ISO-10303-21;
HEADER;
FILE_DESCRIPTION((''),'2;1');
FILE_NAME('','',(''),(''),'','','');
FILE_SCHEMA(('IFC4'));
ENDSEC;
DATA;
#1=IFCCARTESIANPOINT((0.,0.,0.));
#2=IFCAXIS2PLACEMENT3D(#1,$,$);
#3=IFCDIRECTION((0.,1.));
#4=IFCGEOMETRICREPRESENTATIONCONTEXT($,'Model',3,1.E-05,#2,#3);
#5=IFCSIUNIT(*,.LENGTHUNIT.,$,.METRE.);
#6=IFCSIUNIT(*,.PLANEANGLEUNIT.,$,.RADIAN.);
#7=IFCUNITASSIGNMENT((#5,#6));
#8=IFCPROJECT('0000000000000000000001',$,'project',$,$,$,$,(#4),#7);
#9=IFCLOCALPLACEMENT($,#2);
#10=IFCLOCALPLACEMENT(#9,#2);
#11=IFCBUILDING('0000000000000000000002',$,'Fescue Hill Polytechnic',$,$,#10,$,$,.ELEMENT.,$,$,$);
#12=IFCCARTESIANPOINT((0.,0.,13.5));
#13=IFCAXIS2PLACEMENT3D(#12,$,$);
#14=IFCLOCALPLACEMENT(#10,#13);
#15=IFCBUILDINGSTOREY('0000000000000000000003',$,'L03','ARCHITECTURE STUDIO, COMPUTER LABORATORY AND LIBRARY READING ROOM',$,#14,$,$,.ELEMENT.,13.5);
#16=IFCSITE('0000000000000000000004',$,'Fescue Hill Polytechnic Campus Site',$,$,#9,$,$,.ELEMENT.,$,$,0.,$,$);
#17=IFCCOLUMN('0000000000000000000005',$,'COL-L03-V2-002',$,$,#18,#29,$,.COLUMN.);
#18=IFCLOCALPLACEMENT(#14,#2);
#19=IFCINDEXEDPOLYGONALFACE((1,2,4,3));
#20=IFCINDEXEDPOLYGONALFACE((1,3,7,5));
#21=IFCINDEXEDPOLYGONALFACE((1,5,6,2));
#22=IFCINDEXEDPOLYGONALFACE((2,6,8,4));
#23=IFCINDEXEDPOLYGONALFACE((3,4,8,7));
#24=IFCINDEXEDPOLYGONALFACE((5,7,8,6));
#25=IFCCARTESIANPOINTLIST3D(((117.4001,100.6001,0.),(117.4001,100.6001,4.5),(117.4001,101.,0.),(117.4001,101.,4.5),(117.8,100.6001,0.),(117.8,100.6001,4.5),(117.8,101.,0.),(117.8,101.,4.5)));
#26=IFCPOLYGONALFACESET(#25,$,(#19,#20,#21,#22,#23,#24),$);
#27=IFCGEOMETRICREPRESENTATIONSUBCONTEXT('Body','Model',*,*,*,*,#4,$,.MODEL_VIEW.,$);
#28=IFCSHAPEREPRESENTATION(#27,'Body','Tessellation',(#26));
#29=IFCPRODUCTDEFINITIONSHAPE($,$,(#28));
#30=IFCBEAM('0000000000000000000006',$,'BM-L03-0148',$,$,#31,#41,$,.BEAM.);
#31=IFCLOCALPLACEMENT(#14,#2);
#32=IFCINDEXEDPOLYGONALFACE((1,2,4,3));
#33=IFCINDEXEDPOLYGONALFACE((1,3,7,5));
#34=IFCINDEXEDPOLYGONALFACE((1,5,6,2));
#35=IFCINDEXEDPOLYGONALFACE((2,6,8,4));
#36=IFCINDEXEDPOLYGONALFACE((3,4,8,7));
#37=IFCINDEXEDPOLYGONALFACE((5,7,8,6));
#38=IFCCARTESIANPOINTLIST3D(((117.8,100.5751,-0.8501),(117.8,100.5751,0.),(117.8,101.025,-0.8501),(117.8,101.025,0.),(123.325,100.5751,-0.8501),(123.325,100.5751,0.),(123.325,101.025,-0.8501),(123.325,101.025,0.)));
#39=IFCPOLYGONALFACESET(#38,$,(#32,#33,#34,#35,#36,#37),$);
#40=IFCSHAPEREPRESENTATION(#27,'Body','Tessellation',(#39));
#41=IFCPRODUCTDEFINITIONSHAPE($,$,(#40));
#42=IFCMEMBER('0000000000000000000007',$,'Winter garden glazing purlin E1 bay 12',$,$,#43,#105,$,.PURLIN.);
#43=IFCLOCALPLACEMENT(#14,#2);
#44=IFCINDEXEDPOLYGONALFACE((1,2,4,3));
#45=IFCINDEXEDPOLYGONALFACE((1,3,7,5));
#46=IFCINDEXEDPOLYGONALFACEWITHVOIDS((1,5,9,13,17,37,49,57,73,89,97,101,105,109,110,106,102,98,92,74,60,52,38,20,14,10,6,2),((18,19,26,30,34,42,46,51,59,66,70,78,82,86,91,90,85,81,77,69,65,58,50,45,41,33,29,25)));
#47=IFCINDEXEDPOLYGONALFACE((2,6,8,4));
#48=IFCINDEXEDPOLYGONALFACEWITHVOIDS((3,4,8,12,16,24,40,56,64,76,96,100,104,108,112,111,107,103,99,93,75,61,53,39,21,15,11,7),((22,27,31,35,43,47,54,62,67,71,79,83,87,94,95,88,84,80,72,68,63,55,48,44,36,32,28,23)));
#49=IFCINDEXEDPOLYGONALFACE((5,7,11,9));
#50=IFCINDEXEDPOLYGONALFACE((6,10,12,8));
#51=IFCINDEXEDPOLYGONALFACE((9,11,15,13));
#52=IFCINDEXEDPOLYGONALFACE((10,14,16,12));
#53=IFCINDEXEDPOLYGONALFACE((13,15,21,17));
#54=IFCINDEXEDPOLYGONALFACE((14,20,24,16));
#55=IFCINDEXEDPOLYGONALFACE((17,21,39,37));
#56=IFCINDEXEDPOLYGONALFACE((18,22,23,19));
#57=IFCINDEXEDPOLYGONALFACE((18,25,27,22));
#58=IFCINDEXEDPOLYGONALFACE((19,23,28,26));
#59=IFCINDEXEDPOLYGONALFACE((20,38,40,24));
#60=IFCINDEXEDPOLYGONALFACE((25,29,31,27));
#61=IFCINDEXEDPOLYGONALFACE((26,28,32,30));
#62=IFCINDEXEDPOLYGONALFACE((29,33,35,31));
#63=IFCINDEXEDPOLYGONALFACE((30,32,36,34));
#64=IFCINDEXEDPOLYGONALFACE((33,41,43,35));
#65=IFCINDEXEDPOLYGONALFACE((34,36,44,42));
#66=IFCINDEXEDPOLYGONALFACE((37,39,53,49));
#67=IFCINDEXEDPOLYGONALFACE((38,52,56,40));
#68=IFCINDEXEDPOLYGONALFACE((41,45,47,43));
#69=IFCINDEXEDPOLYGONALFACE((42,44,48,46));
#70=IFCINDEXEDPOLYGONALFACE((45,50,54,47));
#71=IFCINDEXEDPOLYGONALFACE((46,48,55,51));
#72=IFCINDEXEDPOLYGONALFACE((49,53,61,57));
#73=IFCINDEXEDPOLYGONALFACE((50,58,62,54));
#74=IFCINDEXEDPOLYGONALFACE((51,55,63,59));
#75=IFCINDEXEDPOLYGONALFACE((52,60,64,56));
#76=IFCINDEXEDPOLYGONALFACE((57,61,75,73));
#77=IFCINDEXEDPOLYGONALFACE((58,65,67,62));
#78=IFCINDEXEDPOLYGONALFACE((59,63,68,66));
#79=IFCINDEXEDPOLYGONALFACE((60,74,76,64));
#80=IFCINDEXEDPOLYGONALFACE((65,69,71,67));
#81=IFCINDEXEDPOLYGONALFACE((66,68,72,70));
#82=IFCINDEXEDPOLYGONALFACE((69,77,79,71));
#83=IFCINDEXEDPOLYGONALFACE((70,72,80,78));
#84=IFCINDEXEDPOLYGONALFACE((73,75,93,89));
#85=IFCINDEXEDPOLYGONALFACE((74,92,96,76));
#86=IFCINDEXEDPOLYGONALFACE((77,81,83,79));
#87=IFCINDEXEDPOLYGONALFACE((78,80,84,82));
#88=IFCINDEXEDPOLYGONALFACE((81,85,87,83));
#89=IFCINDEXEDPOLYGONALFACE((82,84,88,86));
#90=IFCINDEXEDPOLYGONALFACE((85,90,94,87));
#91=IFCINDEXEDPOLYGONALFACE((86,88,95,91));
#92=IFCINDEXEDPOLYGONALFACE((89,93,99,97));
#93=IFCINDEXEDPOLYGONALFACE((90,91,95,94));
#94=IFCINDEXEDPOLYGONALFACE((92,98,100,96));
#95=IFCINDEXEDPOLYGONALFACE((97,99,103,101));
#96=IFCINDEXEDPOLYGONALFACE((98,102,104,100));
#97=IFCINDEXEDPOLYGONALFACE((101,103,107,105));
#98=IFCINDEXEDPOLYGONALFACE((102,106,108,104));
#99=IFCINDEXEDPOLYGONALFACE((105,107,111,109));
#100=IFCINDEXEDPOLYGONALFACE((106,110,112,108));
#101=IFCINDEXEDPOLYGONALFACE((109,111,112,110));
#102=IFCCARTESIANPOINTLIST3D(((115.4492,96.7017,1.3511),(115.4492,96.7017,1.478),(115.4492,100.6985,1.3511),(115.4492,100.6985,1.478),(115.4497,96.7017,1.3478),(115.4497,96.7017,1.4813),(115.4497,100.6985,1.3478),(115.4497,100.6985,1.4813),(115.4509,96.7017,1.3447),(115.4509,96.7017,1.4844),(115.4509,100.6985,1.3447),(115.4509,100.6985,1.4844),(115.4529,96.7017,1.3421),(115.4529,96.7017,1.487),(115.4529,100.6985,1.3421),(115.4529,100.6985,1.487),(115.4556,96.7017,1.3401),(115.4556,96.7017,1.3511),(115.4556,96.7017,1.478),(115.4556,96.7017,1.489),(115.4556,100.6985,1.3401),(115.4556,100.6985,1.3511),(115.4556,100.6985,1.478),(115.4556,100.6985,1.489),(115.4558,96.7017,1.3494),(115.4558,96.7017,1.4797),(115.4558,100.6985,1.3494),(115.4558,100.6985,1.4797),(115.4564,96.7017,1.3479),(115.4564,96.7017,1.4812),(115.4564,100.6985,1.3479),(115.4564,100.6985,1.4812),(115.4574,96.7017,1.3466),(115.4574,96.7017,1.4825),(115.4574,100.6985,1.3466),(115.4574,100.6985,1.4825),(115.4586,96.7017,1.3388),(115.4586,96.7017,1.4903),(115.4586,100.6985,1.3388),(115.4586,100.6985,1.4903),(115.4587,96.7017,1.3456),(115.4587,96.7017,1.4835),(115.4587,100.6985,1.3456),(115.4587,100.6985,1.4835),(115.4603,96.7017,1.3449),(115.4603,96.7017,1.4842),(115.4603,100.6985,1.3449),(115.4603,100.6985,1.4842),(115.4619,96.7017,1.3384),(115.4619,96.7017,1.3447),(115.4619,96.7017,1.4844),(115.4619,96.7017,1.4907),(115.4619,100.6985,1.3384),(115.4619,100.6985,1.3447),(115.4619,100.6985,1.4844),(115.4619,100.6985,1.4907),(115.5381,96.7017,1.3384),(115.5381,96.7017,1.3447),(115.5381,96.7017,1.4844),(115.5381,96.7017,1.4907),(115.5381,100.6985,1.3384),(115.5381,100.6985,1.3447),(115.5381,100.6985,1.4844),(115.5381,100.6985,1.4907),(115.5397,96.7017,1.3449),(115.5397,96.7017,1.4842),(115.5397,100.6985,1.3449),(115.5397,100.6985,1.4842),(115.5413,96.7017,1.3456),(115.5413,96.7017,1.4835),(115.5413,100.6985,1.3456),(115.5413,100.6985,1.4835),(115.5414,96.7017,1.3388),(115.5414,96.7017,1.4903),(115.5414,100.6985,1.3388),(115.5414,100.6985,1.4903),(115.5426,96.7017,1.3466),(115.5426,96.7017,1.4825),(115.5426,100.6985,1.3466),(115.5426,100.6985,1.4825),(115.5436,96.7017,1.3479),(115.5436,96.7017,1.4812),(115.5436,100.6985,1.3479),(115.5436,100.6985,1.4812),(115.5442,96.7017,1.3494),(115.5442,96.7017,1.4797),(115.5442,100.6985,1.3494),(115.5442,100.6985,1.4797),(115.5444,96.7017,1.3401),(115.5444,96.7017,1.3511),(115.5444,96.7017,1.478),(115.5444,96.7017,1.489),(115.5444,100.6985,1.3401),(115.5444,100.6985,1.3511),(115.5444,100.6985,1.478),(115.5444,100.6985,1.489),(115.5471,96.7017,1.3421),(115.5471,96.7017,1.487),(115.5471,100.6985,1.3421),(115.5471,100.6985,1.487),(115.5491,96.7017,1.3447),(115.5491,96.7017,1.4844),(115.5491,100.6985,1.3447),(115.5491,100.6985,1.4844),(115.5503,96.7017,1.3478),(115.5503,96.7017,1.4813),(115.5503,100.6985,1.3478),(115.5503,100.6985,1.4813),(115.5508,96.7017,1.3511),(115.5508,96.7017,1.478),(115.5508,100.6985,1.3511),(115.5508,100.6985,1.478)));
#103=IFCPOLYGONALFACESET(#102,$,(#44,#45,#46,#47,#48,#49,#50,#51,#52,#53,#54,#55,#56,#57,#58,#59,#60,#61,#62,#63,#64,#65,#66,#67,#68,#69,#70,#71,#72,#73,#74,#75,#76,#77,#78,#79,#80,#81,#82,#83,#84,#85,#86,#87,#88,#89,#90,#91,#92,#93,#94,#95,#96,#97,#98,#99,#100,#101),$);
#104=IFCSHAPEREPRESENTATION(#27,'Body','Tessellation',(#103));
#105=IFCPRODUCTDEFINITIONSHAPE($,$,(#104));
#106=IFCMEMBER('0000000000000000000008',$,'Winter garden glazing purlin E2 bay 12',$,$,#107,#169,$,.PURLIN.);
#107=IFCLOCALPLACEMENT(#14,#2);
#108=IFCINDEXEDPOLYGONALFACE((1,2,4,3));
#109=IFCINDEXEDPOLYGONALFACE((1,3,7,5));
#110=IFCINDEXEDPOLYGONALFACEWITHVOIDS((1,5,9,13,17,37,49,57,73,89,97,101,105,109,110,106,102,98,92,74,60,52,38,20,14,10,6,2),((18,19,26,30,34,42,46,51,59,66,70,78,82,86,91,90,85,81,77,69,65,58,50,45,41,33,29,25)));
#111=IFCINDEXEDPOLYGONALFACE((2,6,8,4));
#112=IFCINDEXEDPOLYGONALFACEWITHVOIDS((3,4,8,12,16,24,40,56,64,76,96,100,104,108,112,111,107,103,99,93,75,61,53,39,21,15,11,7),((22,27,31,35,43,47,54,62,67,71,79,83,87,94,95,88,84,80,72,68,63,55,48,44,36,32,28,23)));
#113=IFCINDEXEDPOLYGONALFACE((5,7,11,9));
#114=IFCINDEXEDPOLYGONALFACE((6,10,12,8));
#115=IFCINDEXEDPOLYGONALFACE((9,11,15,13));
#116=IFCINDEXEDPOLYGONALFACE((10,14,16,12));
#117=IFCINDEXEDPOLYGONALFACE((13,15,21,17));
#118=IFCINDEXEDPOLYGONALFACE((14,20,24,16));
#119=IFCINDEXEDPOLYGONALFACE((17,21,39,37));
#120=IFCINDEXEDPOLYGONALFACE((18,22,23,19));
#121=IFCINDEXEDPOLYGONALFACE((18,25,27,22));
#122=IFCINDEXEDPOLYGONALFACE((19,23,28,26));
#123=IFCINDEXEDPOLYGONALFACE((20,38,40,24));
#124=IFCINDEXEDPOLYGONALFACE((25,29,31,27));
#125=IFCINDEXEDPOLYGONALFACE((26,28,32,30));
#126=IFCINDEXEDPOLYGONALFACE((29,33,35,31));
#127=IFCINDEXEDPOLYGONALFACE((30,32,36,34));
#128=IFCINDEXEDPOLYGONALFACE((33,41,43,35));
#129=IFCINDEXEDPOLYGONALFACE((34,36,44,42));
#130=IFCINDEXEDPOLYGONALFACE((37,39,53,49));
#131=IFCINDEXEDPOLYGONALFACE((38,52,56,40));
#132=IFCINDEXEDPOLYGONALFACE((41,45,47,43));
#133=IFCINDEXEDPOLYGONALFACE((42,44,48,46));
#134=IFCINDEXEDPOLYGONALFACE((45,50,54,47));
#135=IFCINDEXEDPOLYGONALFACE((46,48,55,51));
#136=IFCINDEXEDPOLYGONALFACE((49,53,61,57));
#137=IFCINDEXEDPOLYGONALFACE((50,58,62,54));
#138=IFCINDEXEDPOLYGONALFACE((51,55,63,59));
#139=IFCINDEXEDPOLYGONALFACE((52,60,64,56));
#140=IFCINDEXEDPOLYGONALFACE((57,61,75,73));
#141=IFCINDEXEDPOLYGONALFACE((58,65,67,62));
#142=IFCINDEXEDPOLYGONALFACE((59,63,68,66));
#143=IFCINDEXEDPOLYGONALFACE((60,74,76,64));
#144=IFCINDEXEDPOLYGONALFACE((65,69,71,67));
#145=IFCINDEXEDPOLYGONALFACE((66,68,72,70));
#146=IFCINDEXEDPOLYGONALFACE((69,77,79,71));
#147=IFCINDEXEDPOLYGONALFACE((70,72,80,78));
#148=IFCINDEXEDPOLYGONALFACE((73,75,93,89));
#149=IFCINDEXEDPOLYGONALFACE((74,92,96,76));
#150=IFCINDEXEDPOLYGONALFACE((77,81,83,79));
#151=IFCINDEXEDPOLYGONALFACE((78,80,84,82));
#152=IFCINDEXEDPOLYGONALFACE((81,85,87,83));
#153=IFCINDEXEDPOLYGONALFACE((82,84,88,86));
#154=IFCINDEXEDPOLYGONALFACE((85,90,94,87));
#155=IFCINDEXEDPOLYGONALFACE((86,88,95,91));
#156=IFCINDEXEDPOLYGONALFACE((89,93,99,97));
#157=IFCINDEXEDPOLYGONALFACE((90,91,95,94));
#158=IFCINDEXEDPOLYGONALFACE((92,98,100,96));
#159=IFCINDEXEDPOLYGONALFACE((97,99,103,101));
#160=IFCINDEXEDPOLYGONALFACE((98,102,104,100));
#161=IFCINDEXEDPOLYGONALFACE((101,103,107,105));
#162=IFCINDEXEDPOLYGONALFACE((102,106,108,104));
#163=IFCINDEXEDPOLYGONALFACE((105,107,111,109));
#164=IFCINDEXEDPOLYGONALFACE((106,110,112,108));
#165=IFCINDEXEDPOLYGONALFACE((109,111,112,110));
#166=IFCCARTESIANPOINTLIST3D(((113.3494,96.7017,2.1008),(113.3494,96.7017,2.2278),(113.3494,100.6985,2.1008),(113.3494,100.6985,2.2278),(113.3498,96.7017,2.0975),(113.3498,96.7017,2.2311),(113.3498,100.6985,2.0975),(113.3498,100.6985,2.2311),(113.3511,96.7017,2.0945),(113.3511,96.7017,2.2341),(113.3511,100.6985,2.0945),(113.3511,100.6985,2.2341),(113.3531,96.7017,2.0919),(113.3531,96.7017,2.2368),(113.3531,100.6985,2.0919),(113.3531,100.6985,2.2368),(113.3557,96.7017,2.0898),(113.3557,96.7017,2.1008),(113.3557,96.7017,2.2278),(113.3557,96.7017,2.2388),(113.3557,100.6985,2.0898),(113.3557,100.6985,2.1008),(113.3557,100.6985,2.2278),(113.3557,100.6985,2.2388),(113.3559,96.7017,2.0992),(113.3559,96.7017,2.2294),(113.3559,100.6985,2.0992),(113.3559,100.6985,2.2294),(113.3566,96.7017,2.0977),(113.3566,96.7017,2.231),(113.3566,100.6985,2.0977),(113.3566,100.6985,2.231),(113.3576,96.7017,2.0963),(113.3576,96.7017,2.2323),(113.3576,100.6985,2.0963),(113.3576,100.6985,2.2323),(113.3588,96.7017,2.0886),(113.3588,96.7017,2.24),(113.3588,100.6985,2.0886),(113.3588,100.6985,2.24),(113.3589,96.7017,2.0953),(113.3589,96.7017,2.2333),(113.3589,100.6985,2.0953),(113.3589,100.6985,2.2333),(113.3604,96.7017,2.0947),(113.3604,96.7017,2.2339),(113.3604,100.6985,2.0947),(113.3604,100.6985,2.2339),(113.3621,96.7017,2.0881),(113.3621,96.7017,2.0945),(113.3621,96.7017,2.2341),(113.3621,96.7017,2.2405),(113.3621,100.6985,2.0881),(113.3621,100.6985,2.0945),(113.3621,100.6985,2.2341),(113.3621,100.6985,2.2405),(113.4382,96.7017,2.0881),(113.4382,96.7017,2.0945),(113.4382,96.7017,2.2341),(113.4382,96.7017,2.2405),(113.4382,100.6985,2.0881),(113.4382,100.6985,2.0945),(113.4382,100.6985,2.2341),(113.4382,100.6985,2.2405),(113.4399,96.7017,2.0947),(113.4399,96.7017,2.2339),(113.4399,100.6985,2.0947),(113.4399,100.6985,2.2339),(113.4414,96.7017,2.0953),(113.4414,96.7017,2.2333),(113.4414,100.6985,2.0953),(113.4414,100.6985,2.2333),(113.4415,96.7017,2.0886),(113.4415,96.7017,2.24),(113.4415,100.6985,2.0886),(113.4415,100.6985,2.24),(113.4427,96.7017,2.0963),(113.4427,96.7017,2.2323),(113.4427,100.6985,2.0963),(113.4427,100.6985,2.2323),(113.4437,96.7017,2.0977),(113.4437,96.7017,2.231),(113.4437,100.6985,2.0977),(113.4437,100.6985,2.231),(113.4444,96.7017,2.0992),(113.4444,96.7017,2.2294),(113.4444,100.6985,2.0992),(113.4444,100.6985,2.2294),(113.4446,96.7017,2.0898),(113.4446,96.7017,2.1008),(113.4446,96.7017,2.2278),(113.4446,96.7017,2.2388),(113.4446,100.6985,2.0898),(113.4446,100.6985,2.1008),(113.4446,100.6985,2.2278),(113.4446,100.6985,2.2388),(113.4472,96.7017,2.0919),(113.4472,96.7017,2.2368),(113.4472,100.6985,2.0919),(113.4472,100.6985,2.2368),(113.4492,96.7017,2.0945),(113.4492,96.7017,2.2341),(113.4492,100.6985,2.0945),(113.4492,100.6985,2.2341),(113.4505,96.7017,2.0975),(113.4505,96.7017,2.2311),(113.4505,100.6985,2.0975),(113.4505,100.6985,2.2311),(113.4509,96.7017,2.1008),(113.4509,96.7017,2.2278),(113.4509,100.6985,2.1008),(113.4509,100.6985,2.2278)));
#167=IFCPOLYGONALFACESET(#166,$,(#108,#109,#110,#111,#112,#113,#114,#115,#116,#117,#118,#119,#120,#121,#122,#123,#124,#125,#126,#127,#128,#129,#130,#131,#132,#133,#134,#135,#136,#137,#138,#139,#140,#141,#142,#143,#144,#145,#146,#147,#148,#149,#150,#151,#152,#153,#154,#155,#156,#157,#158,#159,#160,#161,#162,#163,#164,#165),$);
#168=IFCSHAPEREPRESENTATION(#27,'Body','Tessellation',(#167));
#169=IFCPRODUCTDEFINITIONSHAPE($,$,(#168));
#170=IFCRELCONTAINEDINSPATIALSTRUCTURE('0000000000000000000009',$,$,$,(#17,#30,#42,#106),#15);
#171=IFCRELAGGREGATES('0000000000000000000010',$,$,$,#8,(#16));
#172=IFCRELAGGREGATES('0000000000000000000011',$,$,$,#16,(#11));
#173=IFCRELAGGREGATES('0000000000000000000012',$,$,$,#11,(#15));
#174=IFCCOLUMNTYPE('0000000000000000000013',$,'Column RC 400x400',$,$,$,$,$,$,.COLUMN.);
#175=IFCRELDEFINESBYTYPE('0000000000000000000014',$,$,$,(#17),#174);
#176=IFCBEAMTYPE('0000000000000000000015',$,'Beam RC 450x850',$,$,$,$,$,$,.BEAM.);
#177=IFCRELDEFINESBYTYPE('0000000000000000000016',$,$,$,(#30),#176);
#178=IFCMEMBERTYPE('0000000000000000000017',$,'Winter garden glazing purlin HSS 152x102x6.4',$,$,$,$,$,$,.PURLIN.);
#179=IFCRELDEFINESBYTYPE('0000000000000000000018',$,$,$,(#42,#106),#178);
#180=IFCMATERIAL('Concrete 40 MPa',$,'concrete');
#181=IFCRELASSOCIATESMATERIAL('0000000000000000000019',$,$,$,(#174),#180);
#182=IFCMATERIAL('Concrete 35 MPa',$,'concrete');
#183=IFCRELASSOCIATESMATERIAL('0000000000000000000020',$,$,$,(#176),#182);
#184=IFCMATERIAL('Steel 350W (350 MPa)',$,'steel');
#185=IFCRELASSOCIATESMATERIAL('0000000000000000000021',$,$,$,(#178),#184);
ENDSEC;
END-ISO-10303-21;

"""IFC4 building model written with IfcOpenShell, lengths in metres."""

from ifc_helpers import new_model, si_unit, direction, frame, origin, origin_2d, place, context, subcontext, project, spatial, rectangle, hollow_rectangle, extrude, material, material_profile, profile_set, type_object, element, save


model = new_model("IFC4")

# Units and contexts
model_context = context("Model", 3, precision=1e-05, world=origin(), true_north=direction((0.0, 1.0)))
body_context = subcontext(model_context, "Body", "Model", "MODEL_VIEW")
ifc_project = project(units=[si_unit("LENGTHUNIT", "METRE"), si_unit("PLANEANGLEUNIT", "RADIAN")], contexts=[model_context])

# Site, building, storey
site_placement = place(None, origin())
site = spatial("IfcSite", under=ifc_project, at=site_placement, Name="Fescue Hill Polytechnic Campus Site", CompositionType="ELEMENT", RefElevation=0.0)
building_placement = place(site_placement, origin())
building = spatial("IfcBuilding", under=site, at=building_placement, Name="Fescue Hill Polytechnic", CompositionType="ELEMENT")
storey_placement = place(building_placement, frame((0.0, 0.0, 13.5)))
storey = spatial("IfcBuildingStorey", under=building, at=storey_placement, Name="L03", Description="ARCHITECTURE STUDIO, COMPUTER LABORATORY AND LIBRARY READING ROOM", CompositionType="ELEMENT", Elevation=13.5)

# Column
ifc_material_1 = material(Name="Concrete 40 MPa", Category="concrete")
ifc_material_profile_1 = material_profile(ifc_material_1, rectangle(XDim=0.3999, YDim=0.3999, at=origin_2d()), Name="RC 400x400")
ifc_profile_set_1 = profile_set([ifc_material_profile_1], Name="Concrete 40 MPa")
column_type = type_object("IfcColumnType", Name="Column RC 400x400", PredefinedType="COLUMN", material=ifc_profile_set_1)
column_placement = place(storey_placement, frame((117.6001, 100.8, 0.0), z_axis=(0.0, 0.0, 1.0), x_axis=(1.0, 0.0, 0.0)))
element("IfcColumn", 1, at=column_placement, inside=storey, type_object=column_type, Name="COL-L03-V2-002", PredefinedType="COLUMN", context=body_context, shape_type="SweptSolid", body=[
    extrude(rectangle(XDim=0.3999, YDim=0.3999, at=origin_2d()), origin(), (0.0, 0.0, 1.0), 4.5),
])

# Beam
ifc_material_2 = material(Name="Concrete 35 MPa", Category="concrete")
ifc_material_profile_2 = material_profile(ifc_material_2, rectangle(XDim=0.45, YDim=0.8501, at=origin_2d()), Name="RC 450x850")
ifc_profile_set_2 = profile_set([ifc_material_profile_2], Name="Concrete 35 MPa")
beam_type = type_object("IfcBeamType", Name="Beam RC 450x850", PredefinedType="BEAM", material=ifc_profile_set_2)
beam_placement = place(storey_placement, frame((117.8, 100.8, -0.425), z_axis=(1.0, 0.0, 0.0), x_axis=(0.0, 1.0, 0.0)))
element("IfcBeam", 2, at=beam_placement, inside=storey, type_object=beam_type, Name="BM-L03-0148", PredefinedType="BEAM", context=body_context, shape_type="SweptSolid", body=[
    extrude(rectangle(XDim=0.45, YDim=0.8501, at=origin_2d()), origin(), (0.0, 0.0, 1.0), 5.5249),
])

# Members
ifc_material_3 = material(Name="Steel 350W (350 MPa)", Category="steel")
ifc_material_profile_3 = material_profile(ifc_material_3, hollow_rectangle(XDim=0.1016, YDim=0.1523, WallThickness=0.0063, InnerFilletRadius=0.0063, OuterFilletRadius=0.0127, at=origin_2d()), Name="Winter garden glazing purlin HSS 152x102x6.4")
ifc_profile_set_3 = profile_set([ifc_material_profile_3], Name="Steel 350W (350 MPa)")
member_type_1 = type_object("IfcMemberType", Name="Winter garden glazing purlin HSS 152x102x6.4", PredefinedType="PURLIN", material=ifc_profile_set_3)
for number, where, z_axis, x_axis, name in (
    (3, (115.5, 96.7017, 1.4146), (0.0, 1.0, 0.0), (-1.0, 0.0, 0.0), "Winter garden glazing purlin E1 bay 12"),
    (4, (113.4001, 96.7017, 2.1643), (0.0, 1.0, 0.0), (-1.0, 0.0, 0.0), "Winter garden glazing purlin E2 bay 12"),
):
    element("IfcMember", number, at=place(storey_placement, frame(where, z_axis=z_axis, x_axis=x_axis)), inside=storey, type_object=member_type_1, Name=name, PredefinedType="PURLIN", context=body_context, shape_type="SweptSolid", body=[
        extrude(hollow_rectangle(XDim=0.1016, YDim=0.1523, WallThickness=0.0063, InnerFilletRadius=0.0063, OuterFilletRadius=0.0127, at=origin_2d()), origin(), (0.0, 0.0, 1.0), 3.9968),
    ])

save(model, "model.ifc")
